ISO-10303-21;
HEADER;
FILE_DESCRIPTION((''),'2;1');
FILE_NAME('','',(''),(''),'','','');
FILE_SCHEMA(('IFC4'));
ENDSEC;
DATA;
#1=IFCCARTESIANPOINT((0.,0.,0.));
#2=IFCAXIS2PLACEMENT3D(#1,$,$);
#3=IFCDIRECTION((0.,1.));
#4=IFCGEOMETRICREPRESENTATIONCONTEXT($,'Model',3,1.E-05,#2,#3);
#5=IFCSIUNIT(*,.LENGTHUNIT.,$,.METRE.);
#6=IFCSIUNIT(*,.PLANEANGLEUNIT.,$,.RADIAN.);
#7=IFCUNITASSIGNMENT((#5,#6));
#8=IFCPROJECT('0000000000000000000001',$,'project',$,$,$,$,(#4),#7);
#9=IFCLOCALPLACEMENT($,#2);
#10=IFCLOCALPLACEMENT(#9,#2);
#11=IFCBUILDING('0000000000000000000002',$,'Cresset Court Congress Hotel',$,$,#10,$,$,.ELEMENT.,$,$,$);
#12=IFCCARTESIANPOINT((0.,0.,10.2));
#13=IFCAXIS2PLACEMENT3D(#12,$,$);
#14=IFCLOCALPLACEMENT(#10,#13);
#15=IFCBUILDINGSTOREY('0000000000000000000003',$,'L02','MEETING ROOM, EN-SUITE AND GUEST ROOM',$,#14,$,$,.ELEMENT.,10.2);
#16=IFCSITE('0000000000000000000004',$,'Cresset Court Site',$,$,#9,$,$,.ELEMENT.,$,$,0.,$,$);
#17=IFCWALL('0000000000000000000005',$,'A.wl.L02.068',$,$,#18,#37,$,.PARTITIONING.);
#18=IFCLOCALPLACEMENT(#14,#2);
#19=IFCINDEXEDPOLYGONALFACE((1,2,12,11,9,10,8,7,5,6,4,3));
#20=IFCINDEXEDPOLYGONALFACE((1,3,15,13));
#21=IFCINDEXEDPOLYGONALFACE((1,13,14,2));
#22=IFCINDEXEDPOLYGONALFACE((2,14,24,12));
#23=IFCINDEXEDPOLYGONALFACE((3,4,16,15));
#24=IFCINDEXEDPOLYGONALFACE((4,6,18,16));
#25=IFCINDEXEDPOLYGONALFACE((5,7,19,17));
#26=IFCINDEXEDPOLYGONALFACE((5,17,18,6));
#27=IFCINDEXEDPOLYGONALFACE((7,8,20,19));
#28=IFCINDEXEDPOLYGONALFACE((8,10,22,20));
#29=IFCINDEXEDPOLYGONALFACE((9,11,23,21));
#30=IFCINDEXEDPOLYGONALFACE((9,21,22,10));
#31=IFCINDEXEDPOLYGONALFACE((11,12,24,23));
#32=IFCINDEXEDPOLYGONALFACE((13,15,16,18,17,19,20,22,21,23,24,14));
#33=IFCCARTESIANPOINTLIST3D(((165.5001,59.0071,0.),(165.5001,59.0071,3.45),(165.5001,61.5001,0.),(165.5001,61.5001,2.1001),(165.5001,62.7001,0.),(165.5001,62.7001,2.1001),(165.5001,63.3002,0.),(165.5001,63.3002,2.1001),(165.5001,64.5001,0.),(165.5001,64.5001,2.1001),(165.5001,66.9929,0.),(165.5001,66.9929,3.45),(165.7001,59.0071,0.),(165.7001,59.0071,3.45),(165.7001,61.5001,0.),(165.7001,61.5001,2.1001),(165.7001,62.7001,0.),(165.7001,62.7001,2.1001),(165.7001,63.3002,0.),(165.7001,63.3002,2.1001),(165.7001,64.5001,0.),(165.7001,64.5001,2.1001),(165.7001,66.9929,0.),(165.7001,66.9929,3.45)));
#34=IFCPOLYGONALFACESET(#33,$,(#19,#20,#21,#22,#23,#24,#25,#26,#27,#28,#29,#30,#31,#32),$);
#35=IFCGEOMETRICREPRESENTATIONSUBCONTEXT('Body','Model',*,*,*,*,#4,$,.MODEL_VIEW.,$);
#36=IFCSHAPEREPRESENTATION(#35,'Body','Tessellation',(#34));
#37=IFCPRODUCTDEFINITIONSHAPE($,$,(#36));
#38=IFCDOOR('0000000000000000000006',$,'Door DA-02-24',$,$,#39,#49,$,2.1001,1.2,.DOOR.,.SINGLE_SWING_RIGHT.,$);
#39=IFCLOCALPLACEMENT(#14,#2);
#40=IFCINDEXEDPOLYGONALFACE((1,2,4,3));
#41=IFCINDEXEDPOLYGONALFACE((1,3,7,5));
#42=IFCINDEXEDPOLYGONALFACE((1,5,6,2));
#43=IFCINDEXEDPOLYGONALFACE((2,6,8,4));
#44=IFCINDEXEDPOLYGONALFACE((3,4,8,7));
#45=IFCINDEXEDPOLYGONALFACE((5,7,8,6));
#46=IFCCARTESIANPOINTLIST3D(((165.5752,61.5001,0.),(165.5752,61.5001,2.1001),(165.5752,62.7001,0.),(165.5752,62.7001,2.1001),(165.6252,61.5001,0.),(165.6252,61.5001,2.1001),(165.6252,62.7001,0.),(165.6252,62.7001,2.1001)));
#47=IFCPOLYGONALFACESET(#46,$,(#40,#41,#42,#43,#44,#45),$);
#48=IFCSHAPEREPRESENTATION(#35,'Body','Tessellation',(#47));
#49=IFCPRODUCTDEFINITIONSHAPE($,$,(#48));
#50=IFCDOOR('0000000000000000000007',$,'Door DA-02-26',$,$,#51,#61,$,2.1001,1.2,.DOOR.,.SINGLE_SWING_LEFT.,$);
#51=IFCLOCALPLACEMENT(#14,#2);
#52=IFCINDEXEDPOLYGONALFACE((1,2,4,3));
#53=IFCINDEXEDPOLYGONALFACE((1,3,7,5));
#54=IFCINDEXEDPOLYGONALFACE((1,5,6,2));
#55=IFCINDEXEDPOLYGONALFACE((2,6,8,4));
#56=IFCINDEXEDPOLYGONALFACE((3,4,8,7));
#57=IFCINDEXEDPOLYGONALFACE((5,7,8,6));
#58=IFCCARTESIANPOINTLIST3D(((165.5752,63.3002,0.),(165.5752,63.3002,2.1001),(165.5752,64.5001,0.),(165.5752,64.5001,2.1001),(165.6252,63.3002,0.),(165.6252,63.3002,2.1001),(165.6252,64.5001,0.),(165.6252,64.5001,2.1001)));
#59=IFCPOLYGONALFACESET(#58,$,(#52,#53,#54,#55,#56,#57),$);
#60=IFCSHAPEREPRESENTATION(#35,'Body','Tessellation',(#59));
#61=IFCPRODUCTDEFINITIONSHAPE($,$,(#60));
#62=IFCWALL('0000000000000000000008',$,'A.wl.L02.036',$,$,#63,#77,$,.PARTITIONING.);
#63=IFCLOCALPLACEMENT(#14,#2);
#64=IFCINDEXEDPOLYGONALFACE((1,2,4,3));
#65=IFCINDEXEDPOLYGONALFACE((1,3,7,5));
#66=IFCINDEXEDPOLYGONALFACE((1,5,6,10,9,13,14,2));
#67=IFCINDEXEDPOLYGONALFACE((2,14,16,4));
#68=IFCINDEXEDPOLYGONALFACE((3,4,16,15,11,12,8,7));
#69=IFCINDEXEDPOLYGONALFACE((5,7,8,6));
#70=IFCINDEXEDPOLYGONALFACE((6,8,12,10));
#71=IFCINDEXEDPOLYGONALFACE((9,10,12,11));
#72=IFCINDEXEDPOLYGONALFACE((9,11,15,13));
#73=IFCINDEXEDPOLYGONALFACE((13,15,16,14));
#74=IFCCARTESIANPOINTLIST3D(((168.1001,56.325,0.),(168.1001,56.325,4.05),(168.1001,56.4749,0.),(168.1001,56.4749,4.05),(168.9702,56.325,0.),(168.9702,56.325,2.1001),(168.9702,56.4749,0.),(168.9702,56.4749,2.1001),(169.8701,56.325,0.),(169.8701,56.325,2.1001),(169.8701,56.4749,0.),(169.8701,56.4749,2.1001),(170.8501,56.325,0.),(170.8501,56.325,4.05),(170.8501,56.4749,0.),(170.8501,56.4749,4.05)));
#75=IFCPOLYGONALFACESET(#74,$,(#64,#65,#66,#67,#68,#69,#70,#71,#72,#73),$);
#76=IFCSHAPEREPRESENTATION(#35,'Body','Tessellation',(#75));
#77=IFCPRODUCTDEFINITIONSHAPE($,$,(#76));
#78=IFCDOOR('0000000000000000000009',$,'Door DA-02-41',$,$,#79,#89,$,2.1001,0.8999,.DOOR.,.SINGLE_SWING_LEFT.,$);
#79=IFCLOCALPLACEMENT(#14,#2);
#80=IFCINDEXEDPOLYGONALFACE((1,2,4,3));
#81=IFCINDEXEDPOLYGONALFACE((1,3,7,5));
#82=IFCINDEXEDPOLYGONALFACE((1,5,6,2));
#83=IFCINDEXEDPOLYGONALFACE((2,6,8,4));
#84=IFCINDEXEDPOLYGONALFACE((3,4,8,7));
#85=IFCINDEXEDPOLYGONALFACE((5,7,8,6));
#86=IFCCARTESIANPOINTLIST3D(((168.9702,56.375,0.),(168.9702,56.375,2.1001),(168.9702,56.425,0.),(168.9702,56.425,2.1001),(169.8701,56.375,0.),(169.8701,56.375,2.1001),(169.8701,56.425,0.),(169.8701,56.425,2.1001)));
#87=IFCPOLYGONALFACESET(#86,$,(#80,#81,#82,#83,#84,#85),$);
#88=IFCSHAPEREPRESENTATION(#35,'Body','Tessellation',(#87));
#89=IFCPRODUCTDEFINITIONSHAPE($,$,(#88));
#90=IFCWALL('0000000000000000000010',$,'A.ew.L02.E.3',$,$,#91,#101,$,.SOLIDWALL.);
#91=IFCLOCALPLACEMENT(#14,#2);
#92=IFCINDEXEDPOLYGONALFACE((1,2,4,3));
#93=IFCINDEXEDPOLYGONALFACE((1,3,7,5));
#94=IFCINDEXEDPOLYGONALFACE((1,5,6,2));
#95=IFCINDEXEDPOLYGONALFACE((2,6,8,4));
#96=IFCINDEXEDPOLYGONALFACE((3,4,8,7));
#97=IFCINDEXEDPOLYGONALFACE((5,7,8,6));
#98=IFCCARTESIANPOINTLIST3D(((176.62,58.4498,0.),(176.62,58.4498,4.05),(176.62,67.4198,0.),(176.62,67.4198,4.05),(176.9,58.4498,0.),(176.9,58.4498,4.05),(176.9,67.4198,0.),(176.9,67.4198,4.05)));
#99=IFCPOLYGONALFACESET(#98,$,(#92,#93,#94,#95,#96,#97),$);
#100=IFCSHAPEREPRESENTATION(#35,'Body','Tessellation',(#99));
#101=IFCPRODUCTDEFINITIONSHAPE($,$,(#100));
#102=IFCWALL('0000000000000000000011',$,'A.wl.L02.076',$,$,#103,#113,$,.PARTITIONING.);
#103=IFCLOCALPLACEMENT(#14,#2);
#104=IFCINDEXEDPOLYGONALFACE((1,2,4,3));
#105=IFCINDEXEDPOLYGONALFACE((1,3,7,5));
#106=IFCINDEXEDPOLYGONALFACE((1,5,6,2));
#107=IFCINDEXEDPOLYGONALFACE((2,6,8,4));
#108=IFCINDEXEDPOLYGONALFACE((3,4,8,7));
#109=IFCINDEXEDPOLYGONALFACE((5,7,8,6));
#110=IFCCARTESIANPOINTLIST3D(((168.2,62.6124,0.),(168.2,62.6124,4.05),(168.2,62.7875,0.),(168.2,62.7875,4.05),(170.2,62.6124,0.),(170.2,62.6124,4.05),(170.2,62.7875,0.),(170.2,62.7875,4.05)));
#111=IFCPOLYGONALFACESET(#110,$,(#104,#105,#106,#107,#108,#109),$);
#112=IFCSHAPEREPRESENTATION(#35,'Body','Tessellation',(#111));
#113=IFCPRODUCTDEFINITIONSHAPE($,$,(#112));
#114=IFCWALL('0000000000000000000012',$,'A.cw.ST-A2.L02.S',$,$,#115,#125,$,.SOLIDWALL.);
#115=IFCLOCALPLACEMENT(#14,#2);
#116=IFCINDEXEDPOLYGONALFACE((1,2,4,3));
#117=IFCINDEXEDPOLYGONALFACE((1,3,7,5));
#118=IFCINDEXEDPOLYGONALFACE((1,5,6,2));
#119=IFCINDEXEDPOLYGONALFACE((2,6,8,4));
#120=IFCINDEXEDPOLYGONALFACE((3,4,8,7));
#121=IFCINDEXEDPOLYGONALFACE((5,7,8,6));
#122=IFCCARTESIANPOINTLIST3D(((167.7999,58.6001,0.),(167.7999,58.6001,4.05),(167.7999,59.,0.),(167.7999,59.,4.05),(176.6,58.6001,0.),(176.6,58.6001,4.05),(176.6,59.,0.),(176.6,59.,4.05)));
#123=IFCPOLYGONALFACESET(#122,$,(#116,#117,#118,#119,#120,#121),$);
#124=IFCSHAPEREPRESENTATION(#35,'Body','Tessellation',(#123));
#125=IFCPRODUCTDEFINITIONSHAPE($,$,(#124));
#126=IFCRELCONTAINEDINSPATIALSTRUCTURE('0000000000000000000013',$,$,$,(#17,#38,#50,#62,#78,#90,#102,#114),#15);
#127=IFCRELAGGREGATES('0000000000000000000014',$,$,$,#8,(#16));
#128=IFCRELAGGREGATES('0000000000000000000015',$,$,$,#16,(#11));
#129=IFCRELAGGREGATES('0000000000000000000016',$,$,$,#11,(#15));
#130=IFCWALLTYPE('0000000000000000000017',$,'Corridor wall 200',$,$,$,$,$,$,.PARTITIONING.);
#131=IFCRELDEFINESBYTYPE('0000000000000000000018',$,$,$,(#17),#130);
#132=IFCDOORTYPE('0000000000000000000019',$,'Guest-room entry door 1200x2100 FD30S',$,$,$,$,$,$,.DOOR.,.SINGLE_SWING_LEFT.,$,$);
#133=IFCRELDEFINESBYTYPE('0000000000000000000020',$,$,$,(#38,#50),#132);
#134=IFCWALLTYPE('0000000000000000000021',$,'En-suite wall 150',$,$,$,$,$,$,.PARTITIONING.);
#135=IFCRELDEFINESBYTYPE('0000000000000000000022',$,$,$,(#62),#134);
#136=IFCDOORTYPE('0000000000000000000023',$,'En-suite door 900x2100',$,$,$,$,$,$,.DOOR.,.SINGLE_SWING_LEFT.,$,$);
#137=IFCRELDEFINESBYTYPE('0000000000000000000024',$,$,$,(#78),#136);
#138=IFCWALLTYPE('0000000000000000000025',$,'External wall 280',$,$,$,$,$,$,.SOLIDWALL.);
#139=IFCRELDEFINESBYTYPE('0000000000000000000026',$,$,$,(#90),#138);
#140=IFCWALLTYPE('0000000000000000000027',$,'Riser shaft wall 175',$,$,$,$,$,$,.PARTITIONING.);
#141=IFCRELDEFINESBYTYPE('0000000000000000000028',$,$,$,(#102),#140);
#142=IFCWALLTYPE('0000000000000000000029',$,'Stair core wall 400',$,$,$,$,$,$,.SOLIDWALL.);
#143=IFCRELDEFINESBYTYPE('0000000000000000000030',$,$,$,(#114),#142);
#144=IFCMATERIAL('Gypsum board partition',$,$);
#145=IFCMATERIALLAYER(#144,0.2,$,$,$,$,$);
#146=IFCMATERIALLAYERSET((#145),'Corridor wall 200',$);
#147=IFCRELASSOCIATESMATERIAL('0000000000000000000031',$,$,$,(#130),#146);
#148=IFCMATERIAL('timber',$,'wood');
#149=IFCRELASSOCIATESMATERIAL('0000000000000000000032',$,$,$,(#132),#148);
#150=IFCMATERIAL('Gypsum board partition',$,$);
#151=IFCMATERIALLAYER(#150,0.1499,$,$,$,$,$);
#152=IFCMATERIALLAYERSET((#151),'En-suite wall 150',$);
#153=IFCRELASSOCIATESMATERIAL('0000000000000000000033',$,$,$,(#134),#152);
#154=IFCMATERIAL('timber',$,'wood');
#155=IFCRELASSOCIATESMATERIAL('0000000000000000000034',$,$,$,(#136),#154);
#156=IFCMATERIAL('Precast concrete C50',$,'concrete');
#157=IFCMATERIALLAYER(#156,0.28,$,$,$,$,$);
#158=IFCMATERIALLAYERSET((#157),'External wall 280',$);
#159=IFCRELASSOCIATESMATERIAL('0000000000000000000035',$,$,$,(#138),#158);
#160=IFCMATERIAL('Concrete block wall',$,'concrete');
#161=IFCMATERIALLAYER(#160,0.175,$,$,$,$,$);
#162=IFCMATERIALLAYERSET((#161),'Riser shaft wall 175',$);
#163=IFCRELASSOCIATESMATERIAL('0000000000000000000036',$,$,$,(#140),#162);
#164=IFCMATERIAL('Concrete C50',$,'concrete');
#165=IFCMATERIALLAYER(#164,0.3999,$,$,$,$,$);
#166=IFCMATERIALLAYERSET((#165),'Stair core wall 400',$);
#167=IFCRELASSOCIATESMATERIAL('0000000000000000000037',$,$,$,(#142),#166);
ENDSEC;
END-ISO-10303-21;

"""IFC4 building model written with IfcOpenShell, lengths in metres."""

from ifc_helpers import new_model, si_unit, direction, frame, frame_2d, origin, place, context, subcontext, project, spatial, rectangle, extrude, material, layer, layer_set, type_object, element, fill, save


model = new_model("IFC4")

# Units and contexts
model_context = context("Model", 3, precision=1e-05, world=origin(), true_north=direction((0.0, 1.0)))
body_context = subcontext(model_context, "Body", "Model", "MODEL_VIEW")
ifc_project = project(units=[si_unit("LENGTHUNIT", "METRE"), si_unit("PLANEANGLEUNIT", "RADIAN")], contexts=[model_context])

# Site, building, storey
site_placement = place(None, origin())
site = spatial("IfcSite", under=ifc_project, at=site_placement, Name="Cresset Court Site", CompositionType="ELEMENT", RefElevation=0.0)
building_placement = place(site_placement, origin())
building = spatial("IfcBuilding", under=site, at=building_placement, Name="Cresset Court Congress Hotel", CompositionType="ELEMENT")
storey_placement = place(building_placement, frame((0.0, 0.0, 10.2)))
storey = spatial("IfcBuildingStorey", under=building, at=storey_placement, Name="L02", Description="MEETING ROOM, EN-SUITE AND GUEST ROOM", CompositionType="ELEMENT", Elevation=10.2)

# Wall, openings, doors
ifc_material_1 = material(Name="Gypsum board partition")
ifc_layer_1 = layer(ifc_material_1, 0.2)
ifc_layer_set_1 = layer_set([ifc_layer_1], Name="Corridor wall 200")
wall_type_1 = type_object("IfcWallType", Name="Corridor wall 200", PredefinedType="PARTITIONING", material=ifc_layer_set_1)
wall_1_placement = place(storey_placement, frame((165.6001, 59.0071, 0.0), z_axis=(0.0, 0.0, 1.0), x_axis=(0.0, 1.0, 0.0)))
wall_1 = element("IfcWall", 1, at=wall_1_placement, inside=storey, type_object=wall_type_1, Name="A.wl.L02.068", PredefinedType="PARTITIONING", context=body_context, shape_type="SweptSolid", body=[
    extrude(rectangle(XDim=7.9858, YDim=0.2, at=frame_2d((3.9929, 0.0))), origin(), (0.0, 0.0, 1.0), 3.45),
])
opening_1_placement = place(wall_1_placement, frame((2.4929, 0.0, 0.0)))
opening_1 = element("IfcOpeningElement", 2, at=opening_1_placement, cuts=wall_1, PredefinedType="OPENING", context=body_context, shape_type="SweptSolid", body=[
    extrude(rectangle(XDim=1.2, YDim=2.1001, at=frame_2d((0.6001, 1.05))), frame((0.0, 0.1099, 0.0), z_axis=(0.0, -1.0, 0.0), x_axis=(1.0, 0.0, 0.0)), (0.0, 0.0, 1.0), 0.22),
])
opening_2_placement = place(wall_1_placement, frame((4.293, 0.0, 0.0)))
opening_2 = element("IfcOpeningElement", 3, at=opening_2_placement, cuts=wall_1, PredefinedType="OPENING", context=body_context, shape_type="SweptSolid", body=[
    extrude(rectangle(XDim=1.2, YDim=2.1001, at=frame_2d((0.6001, 1.05))), frame((0.0, 0.1099, 0.0), z_axis=(0.0, -1.0, 0.0), x_axis=(1.0, 0.0, 0.0)), (0.0, 0.0, 1.0), 0.22),
])
ifc_material_2 = material(Name="timber", Category="wood")
door_type_1 = type_object("IfcDoorType", Name="Guest-room entry door 1200x2100 FD30S", OperationType="SINGLE_SWING_LEFT", PredefinedType="DOOR", material=ifc_material_2)
door_1_placement = place(opening_1_placement, origin())
door_1 = element("IfcDoor", 4, at=door_1_placement, inside=storey, type_object=door_type_1, Name="Door DA-02-24", OperationType="SINGLE_SWING_RIGHT", OverallHeight=2.1001, OverallWidth=1.2, PredefinedType="DOOR", context=body_context, shape_type="SweptSolid", body=[
    extrude(rectangle(XDim=1.2, YDim=2.1001, at=frame_2d((0.6001, 1.05))), frame((0.0, 0.0249, 0.0), z_axis=(0.0, -1.0, 0.0), x_axis=(1.0, 0.0, 0.0)), (0.0, 0.0, 1.0), 0.05),
])
fill(opening_1, door_1)
door_2_placement = place(opening_2_placement, origin())
door_2 = element("IfcDoor", 5, at=door_2_placement, inside=storey, type_object=door_type_1, Name="Door DA-02-26", OperationType="SINGLE_SWING_LEFT", OverallHeight=2.1001, OverallWidth=1.2, PredefinedType="DOOR", context=body_context, shape_type="SweptSolid", body=[
    extrude(rectangle(XDim=1.2, YDim=2.1001, at=frame_2d((0.6001, 1.05))), frame((0.0, 0.0249, 0.0), z_axis=(0.0, -1.0, 0.0), x_axis=(1.0, 0.0, 0.0)), (0.0, 0.0, 1.0), 0.05),
])
fill(opening_2, door_2)

# Wall, opening, door
ifc_material_3 = material(Name="Gypsum board partition")
ifc_layer_2 = layer(ifc_material_3, 0.1499)
ifc_layer_set_2 = layer_set([ifc_layer_2], Name="En-suite wall 150")
wall_type_2 = type_object("IfcWallType", Name="En-suite wall 150", PredefinedType="PARTITIONING", material=ifc_layer_set_2)
wall_2_placement = place(storey_placement, frame((170.8501, 56.3999, 0.0), z_axis=(0.0, 0.0, 1.0), x_axis=(-1.0, 0.0, 0.0)))
wall_2 = element("IfcWall", 6, at=wall_2_placement, inside=storey, type_object=wall_type_2, Name="A.wl.L02.036", PredefinedType="PARTITIONING", context=body_context, shape_type="SweptSolid", body=[
    extrude(rectangle(XDim=2.75, YDim=0.1499, at=frame_2d((1.375, 0.0))), origin(), (0.0, 0.0, 1.0), 4.05),
])
opening_3_placement = place(wall_2_placement, frame((0.98, 0.0, 0.0)))
opening_3 = element("IfcOpeningElement", 7, at=opening_3_placement, cuts=wall_2, PredefinedType="OPENING", context=body_context, shape_type="SweptSolid", body=[
    extrude(rectangle(XDim=0.8999, YDim=2.1001, at=frame_2d((0.45, 1.05))), frame((0.0, 0.085, 0.0), z_axis=(0.0, -1.0, 0.0), x_axis=(1.0, 0.0, 0.0)), (0.0, 0.0, 1.0), 0.1699),
])
ifc_material_4 = material(Name="timber", Category="wood")
door_type_2 = type_object("IfcDoorType", Name="En-suite door 900x2100", OperationType="SINGLE_SWING_LEFT", PredefinedType="DOOR", material=ifc_material_4)
door_3_placement = place(opening_3_placement, origin())
door_3 = element("IfcDoor", 8, at=door_3_placement, inside=storey, type_object=door_type_2, Name="Door DA-02-41", OperationType="SINGLE_SWING_LEFT", OverallHeight=2.1001, OverallWidth=0.8999, PredefinedType="DOOR", context=body_context, shape_type="SweptSolid", body=[
    extrude(rectangle(XDim=0.8999, YDim=2.1001, at=frame_2d((0.45, 1.05))), frame((0.0, 0.0249, 0.0), z_axis=(0.0, -1.0, 0.0), x_axis=(1.0, 0.0, 0.0)), (0.0, 0.0, 1.0), 0.05),
])
fill(opening_3, door_3)

# Walls
ifc_material_5 = material(Name="Precast concrete C50", Category="concrete")
ifc_layer_3 = layer(ifc_material_5, 0.28)
ifc_layer_set_3 = layer_set([ifc_layer_3], Name="External wall 280")
wall_type_3 = type_object("IfcWallType", Name="External wall 280", PredefinedType="SOLIDWALL", material=ifc_layer_set_3)
wall_3_placement = place(storey_placement, frame((176.76, 58.45, 0.0), z_axis=(0.0, 0.0, 1.0), x_axis=(0.0, 1.0, 0.0)))
element("IfcWall", 9, at=wall_3_placement, inside=storey, type_object=wall_type_3, Name="A.ew.L02.E.3", PredefinedType="SOLIDWALL", context=body_context, shape_type="SweptSolid", body=[
    extrude(rectangle(XDim=8.97, YDim=0.28, at=frame_2d((4.4849, 0.0))), origin(), (0.0, 0.0, 1.0), 4.05),
])
ifc_material_6 = material(Name="Concrete block wall", Category="concrete")
ifc_layer_4 = layer(ifc_material_6, 0.175)
ifc_layer_set_4 = layer_set([ifc_layer_4], Name="Riser shaft wall 175")
wall_type_4 = type_object("IfcWallType", Name="Riser shaft wall 175", PredefinedType="PARTITIONING", material=ifc_layer_set_4)
wall_4_placement = place(storey_placement, frame((168.2, 62.7, 0.0), z_axis=(0.0, 0.0, 1.0), x_axis=(1.0, 0.0, 0.0)))
element("IfcWall", 10, at=wall_4_placement, inside=storey, type_object=wall_type_4, Name="A.wl.L02.076", PredefinedType="PARTITIONING", context=body_context, shape_type="SweptSolid", body=[
    extrude(rectangle(XDim=2.0, YDim=0.175, at=frame_2d((1.0, 0.0))), origin(), (0.0, 0.0, 1.0), 4.05),
])
ifc_material_7 = material(Name="Concrete C50", Category="concrete")
ifc_layer_5 = layer(ifc_material_7, 0.3999)
ifc_layer_set_5 = layer_set([ifc_layer_5], Name="Stair core wall 400")
wall_type_5 = type_object("IfcWallType", Name="Stair core wall 400", PredefinedType="SOLIDWALL", material=ifc_layer_set_5)
wall_5_placement = place(storey_placement, frame((167.8, 58.8, 0.0), z_axis=(0.0, 0.0, 1.0), x_axis=(1.0, 0.0, 0.0)))
element("IfcWall", 11, at=wall_5_placement, inside=storey, type_object=wall_type_5, Name="A.cw.ST-A2.L02.S", PredefinedType="SOLIDWALL", context=body_context, shape_type="SweptSolid", body=[
    extrude(rectangle(XDim=8.8, YDim=0.3999, at=frame_2d((4.3999, 0.0))), origin(), (0.0, 0.0, 1.0), 4.05),
])

save(model, "model.ifc")
